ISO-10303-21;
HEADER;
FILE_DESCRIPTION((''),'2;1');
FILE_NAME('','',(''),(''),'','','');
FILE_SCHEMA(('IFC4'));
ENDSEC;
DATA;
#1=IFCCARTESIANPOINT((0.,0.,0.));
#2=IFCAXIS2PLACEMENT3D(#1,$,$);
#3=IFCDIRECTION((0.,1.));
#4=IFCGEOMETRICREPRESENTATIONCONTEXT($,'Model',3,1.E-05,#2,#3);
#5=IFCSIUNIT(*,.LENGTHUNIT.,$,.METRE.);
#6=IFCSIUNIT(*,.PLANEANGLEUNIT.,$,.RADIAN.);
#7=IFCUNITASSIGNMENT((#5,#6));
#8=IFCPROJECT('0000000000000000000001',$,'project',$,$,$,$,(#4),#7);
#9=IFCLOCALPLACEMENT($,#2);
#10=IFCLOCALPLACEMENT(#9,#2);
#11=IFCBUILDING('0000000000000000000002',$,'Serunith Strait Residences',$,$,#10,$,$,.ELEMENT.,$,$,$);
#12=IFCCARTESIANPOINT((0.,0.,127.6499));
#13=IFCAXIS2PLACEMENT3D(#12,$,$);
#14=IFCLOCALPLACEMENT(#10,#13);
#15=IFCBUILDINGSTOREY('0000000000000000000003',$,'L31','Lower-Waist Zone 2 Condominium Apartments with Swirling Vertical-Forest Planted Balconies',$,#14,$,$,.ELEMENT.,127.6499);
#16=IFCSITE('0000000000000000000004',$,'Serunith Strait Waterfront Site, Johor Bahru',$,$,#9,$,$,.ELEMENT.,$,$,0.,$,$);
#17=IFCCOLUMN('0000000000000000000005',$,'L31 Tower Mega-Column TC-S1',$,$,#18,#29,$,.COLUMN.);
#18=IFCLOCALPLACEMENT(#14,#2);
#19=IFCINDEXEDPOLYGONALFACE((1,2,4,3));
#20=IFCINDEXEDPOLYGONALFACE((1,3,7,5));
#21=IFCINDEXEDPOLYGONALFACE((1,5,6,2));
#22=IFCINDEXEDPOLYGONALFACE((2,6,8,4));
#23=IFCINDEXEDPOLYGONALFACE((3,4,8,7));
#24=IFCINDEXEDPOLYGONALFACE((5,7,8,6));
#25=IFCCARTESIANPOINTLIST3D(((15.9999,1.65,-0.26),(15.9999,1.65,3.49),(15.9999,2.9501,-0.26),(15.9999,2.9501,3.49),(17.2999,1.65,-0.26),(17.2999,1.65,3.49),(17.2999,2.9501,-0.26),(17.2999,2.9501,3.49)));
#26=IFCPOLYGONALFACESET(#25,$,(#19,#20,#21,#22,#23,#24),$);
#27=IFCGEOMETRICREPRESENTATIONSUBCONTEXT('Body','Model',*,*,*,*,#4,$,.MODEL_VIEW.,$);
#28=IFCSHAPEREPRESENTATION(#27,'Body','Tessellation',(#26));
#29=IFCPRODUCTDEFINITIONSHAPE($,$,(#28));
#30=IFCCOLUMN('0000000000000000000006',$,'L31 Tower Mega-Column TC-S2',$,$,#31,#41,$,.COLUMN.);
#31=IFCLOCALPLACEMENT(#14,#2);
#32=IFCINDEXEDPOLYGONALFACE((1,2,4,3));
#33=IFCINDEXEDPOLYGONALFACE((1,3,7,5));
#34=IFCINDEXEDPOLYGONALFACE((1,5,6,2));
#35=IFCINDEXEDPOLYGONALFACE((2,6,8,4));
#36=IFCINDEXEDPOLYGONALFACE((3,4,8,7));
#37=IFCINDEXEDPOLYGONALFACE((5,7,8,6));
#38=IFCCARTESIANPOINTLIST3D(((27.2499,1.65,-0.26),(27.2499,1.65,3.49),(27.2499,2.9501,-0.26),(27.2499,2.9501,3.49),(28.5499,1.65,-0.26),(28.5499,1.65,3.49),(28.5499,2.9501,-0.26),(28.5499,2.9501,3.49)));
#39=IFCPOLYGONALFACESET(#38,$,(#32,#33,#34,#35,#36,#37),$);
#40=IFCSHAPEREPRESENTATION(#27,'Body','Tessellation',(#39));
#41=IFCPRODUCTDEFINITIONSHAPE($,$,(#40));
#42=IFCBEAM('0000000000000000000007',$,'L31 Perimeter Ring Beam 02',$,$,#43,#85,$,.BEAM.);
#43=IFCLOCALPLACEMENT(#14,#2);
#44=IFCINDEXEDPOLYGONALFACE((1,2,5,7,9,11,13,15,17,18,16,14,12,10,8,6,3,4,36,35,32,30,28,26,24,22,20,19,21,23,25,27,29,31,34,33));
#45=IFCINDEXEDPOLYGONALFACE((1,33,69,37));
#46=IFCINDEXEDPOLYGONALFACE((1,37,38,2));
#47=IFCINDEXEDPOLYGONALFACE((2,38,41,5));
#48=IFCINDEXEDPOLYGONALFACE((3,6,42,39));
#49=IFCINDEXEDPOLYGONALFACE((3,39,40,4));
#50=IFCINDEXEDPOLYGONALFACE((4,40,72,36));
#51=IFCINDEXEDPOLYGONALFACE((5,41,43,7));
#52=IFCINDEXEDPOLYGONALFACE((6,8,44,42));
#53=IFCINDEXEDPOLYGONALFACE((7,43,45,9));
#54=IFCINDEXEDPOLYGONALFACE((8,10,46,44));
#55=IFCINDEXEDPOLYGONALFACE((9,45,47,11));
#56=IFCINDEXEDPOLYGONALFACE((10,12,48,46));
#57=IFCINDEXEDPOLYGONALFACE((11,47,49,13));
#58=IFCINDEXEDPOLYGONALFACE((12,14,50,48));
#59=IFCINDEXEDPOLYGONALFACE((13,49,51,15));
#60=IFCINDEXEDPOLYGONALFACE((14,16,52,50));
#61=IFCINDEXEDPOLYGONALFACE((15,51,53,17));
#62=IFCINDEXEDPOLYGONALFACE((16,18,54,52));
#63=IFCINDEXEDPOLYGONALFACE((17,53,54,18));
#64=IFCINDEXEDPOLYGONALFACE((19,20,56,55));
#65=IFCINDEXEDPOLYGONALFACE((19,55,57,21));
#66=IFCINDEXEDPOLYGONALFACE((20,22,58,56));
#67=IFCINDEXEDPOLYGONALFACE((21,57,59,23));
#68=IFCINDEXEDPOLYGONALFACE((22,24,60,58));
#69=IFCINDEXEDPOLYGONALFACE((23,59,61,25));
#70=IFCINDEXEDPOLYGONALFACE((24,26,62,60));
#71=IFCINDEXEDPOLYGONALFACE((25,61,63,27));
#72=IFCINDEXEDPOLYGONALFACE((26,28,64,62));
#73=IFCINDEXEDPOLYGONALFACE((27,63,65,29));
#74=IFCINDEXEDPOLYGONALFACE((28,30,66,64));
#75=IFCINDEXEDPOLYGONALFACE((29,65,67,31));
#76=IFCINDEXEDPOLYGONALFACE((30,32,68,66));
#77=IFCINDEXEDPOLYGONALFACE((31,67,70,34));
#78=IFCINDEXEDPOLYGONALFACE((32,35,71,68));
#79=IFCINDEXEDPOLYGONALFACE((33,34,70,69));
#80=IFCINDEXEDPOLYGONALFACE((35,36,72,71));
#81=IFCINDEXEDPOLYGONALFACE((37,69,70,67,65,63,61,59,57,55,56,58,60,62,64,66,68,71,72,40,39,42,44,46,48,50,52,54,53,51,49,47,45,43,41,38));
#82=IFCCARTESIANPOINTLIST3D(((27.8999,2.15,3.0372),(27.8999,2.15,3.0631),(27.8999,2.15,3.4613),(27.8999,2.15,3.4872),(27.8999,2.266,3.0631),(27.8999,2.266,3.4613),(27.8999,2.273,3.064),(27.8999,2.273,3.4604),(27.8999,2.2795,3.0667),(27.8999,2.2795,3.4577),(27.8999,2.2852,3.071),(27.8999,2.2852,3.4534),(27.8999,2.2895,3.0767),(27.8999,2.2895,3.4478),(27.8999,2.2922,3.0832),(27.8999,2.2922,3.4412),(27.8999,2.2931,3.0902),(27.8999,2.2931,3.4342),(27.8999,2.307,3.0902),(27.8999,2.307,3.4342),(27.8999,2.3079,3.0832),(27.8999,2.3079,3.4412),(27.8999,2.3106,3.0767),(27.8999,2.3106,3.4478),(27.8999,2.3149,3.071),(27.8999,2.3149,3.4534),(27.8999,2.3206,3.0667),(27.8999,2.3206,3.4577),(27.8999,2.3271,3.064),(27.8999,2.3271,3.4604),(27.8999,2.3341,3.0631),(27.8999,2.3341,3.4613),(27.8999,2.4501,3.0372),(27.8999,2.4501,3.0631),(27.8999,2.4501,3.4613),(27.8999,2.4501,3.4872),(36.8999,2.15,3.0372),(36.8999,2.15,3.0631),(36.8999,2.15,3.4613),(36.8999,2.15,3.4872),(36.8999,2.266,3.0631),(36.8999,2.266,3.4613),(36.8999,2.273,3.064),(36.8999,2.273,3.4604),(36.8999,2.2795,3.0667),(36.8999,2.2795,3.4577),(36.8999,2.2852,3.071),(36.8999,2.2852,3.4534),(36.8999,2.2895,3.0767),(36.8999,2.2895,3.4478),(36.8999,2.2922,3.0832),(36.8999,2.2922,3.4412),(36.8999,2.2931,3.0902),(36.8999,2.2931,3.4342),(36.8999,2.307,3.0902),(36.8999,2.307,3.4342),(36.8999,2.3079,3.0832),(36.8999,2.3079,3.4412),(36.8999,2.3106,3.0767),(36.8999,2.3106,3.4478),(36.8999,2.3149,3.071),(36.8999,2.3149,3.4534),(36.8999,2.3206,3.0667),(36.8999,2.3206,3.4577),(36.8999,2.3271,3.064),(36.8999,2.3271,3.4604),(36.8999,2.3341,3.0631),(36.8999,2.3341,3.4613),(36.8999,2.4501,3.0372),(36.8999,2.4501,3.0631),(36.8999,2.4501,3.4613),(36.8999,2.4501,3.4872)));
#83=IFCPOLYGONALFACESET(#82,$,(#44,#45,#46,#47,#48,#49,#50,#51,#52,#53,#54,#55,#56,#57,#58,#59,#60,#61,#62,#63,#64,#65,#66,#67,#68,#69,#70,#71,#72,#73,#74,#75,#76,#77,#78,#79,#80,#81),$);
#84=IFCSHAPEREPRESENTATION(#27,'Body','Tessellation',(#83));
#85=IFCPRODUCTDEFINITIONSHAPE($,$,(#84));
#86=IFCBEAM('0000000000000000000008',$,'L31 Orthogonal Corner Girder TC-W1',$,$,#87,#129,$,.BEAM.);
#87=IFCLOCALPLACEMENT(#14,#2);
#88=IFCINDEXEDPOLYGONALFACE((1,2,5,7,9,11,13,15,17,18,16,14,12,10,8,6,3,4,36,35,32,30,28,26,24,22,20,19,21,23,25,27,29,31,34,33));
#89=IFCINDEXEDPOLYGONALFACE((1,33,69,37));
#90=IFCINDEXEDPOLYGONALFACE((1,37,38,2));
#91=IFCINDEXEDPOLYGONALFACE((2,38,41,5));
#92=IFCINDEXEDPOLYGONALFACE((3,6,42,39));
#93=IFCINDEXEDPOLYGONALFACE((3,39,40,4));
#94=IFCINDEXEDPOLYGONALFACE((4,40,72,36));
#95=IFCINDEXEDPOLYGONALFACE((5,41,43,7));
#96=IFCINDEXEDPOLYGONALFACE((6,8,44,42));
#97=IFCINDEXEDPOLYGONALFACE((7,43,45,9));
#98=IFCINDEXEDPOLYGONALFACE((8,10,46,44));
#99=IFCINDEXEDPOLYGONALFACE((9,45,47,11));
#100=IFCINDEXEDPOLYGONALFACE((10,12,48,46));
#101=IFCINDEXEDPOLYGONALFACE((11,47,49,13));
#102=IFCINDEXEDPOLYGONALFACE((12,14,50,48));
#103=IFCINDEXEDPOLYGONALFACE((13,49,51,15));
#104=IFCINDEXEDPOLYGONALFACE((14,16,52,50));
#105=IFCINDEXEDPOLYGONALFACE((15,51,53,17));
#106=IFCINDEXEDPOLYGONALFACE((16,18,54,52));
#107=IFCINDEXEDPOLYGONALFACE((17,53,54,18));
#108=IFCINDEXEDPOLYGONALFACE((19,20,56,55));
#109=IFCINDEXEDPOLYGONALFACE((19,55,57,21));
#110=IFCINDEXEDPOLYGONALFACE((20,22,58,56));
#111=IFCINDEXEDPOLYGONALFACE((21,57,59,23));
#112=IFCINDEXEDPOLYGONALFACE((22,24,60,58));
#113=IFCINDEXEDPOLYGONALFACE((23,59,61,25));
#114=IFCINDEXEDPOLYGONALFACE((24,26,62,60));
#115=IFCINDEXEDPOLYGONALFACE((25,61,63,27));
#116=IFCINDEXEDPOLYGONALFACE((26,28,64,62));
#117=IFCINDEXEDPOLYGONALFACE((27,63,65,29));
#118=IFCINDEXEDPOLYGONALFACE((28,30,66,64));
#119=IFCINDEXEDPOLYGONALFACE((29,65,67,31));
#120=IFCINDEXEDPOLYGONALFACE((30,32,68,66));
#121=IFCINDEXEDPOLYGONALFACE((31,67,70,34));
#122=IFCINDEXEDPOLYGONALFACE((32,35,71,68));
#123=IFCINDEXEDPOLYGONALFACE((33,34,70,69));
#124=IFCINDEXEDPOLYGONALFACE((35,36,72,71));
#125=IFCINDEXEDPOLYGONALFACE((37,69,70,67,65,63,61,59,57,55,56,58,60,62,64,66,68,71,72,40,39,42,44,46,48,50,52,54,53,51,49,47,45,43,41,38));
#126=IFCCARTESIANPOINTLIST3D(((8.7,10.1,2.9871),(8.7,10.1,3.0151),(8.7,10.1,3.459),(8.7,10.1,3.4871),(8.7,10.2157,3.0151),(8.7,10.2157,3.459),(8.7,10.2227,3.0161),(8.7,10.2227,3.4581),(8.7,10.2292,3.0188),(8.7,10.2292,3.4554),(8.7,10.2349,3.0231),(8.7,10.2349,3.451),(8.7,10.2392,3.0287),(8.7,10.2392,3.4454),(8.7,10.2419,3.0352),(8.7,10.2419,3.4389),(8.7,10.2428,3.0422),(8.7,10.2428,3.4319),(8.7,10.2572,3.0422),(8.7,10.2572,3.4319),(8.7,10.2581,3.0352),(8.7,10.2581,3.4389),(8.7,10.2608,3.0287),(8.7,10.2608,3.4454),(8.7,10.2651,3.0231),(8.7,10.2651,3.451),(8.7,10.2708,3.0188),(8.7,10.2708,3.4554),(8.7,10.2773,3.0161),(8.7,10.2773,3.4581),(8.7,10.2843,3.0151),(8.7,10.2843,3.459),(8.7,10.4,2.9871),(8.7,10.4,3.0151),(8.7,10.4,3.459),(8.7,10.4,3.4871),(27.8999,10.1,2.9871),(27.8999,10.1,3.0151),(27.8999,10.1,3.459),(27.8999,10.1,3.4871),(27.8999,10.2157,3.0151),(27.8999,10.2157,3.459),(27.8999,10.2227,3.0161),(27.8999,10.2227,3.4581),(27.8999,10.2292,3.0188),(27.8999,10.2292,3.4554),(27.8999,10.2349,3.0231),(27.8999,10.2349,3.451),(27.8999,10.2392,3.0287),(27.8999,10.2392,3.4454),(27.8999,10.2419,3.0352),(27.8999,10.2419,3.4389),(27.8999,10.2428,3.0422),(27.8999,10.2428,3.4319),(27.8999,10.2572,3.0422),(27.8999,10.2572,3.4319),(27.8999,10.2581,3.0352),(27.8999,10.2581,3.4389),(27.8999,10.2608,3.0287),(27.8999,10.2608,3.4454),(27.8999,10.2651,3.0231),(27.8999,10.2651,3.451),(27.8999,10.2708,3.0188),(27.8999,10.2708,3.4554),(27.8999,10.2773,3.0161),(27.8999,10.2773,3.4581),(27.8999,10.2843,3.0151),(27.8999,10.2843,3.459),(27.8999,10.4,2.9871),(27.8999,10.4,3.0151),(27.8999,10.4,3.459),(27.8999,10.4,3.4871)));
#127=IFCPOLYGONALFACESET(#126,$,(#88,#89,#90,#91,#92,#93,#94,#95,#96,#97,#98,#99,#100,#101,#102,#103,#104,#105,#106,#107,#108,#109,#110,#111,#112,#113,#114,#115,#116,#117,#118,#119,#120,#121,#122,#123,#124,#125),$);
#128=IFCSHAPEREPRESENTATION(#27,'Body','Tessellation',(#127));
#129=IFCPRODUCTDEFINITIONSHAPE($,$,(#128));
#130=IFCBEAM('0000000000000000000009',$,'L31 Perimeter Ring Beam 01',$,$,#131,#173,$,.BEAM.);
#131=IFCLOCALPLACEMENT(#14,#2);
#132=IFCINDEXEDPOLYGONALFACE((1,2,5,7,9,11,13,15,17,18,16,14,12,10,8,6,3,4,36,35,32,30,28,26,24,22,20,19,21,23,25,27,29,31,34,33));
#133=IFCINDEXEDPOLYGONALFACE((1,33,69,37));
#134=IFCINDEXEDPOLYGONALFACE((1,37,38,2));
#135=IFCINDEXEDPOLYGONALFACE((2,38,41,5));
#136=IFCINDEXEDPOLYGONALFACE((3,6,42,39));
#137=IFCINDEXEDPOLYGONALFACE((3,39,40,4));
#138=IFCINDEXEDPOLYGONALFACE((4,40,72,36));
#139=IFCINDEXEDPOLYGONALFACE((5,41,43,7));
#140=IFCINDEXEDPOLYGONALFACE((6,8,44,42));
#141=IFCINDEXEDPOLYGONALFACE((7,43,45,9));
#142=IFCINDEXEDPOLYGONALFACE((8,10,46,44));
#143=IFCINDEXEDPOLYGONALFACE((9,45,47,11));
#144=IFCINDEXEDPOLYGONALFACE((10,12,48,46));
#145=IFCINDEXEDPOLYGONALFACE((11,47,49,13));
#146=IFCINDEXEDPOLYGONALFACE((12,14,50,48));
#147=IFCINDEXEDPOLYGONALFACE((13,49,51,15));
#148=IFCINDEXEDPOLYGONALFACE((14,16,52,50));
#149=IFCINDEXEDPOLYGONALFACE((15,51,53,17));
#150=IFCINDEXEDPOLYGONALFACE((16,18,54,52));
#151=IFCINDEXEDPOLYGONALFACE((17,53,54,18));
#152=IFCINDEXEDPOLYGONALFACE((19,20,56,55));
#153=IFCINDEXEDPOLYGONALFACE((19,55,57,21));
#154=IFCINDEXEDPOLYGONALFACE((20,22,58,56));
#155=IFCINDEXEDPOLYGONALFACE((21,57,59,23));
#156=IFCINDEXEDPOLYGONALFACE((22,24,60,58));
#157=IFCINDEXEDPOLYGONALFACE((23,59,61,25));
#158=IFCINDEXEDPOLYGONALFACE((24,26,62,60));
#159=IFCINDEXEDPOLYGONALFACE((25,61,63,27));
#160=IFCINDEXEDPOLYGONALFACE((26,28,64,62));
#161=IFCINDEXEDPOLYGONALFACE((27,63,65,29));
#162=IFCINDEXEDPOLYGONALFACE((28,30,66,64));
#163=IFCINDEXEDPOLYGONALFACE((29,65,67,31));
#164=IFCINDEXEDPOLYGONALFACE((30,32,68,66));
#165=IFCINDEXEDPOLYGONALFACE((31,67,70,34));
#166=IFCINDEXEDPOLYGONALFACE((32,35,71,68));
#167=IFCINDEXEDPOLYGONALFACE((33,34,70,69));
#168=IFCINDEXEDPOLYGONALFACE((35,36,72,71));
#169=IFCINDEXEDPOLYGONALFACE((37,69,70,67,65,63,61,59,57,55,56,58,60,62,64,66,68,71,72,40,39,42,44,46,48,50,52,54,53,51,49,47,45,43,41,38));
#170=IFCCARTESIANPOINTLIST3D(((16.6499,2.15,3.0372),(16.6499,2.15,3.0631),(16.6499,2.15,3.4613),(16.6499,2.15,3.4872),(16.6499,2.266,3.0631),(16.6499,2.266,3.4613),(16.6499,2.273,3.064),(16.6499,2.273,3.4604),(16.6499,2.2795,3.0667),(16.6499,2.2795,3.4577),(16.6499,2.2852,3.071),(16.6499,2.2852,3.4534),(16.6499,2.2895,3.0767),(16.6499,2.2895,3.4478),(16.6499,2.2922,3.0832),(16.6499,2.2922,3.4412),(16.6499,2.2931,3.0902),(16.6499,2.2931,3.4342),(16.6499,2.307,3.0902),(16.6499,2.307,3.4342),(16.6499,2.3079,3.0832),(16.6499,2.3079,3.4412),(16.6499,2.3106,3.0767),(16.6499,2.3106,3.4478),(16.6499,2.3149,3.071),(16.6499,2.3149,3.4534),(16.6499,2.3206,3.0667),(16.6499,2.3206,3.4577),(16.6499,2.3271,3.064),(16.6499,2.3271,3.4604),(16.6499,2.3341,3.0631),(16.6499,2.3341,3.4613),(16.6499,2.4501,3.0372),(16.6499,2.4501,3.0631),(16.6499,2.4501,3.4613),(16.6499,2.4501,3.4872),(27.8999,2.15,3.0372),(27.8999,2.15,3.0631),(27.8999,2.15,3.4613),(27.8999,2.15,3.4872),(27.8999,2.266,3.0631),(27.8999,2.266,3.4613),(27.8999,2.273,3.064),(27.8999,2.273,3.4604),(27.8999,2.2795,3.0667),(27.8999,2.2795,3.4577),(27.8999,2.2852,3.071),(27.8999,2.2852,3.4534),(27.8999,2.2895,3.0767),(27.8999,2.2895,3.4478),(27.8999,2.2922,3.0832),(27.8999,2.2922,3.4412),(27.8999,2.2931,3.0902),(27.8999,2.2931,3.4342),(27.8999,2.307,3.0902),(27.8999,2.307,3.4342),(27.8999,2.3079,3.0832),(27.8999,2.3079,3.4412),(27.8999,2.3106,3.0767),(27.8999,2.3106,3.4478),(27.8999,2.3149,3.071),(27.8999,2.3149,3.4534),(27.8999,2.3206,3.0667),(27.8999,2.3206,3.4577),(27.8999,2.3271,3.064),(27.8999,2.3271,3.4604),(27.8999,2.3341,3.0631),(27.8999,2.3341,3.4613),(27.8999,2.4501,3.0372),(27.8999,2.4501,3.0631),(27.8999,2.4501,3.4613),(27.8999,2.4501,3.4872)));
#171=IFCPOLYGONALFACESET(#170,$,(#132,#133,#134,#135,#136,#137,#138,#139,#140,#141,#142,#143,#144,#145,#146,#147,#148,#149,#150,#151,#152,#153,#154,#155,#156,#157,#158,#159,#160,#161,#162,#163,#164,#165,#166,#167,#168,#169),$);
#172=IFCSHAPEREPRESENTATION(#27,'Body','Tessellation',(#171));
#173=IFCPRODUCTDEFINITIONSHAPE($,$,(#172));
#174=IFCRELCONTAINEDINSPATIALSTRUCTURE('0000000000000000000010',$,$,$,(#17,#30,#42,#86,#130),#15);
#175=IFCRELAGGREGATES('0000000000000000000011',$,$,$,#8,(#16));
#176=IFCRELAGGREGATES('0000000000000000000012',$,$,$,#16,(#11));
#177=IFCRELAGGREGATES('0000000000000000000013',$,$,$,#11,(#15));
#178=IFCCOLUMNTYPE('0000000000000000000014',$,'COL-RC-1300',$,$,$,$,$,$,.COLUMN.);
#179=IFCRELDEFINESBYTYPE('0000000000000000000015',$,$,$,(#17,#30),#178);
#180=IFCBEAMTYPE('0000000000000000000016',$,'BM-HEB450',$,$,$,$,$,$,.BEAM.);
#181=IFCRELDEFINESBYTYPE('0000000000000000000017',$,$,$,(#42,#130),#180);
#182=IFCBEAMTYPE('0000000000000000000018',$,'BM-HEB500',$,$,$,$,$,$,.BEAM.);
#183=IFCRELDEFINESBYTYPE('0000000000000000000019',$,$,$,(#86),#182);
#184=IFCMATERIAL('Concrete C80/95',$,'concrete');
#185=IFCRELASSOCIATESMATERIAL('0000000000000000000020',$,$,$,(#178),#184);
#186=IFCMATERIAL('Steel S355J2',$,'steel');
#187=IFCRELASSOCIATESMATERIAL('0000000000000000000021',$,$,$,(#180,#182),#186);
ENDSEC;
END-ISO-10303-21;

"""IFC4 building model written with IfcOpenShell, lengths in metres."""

from ifc_helpers import new_model, si_unit, direction, frame, origin, origin_2d, place, context, subcontext, project, spatial, rectangle, i_section, extrude, source, transform, mapped, material, material_profile, profile_set, type_object, element, save


model = new_model("IFC4")

# Units and contexts
model_context = context("Model", 3, precision=1e-05, world=origin(), true_north=direction((0.0, 1.0)))
body_context = subcontext(model_context, "Body", "Model", "MODEL_VIEW")
ifc_project = project(units=[si_unit("LENGTHUNIT", "METRE"), si_unit("PLANEANGLEUNIT", "RADIAN")], contexts=[model_context])

# Site, building, storey
site_placement = place(None, origin())
site = spatial("IfcSite", under=ifc_project, at=site_placement, Name="Serunith Strait Waterfront Site, Johor Bahru", CompositionType="ELEMENT", RefElevation=0.0)
building_placement = place(site_placement, origin())
building = spatial("IfcBuilding", under=site, at=building_placement, Name="Serunith Strait Residences", CompositionType="ELEMENT")
storey_placement = place(building_placement, frame((0.0, 0.0, 127.6499)))
storey = spatial("IfcBuildingStorey", under=building, at=storey_placement, Name="L31", Description="Lower-Waist Zone 2 Condominium Apartments with Swirling Vertical-Forest Planted Balconies", CompositionType="ELEMENT", Elevation=127.6499)

# Columns
ifc_material_1 = material(Name="Concrete C80/95", Category="concrete")
ifc_material_profile_1 = material_profile(ifc_material_1, rectangle(XDim=1.3, YDim=1.3, at=origin_2d()), Name="RC 1300x1300")
ifc_profile_set_1 = profile_set([ifc_material_profile_1], Name="Concrete C80/95")
column_type = type_object("IfcColumnType", Name="COL-RC-1300", PredefinedType="COLUMN", material=ifc_profile_set_1)
shared_shape_1 = source(origin(), body_context, "Body", "SweptSolid", [
    extrude(rectangle(XDim=1.3, YDim=1.3, at=origin_2d()), origin(), (0.0, 0.0, 1.0), 3.75),
])
for number, where, z_axis, x_axis, name in (
    (1, (16.6499, 2.3, -0.26), (0.0, 0.0, 1.0), (1.0, 0.0, 0.0), "L31 Tower Mega-Column TC-S1"),
    (2, (27.8999, 2.3, -0.26), (0.0, 0.0, 1.0), (1.0, 0.0, 0.0), "L31 Tower Mega-Column TC-S2"),
):
    element("IfcColumn", number, at=place(storey_placement, frame(where, z_axis=z_axis, x_axis=x_axis)), inside=storey, type_object=column_type, Name=name, PredefinedType="COLUMN", context=body_context, shape_type="MappedRepresentation", body=[
        mapped(shared_shape_1, transform((0.0, 0.0, 0.0), scale=1.0)),
    ])

# Beams
ifc_material_2 = material(Name="Steel S355J2", Category="steel")
ifc_material_profile_2 = material_profile(ifc_material_2, i_section(OverallWidth=0.3, OverallDepth=0.45, WebThickness=0.0139, FlangeThickness=0.0259, FilletRadius=0.0271, at=origin_2d()), Name="HEB 450")
ifc_profile_set_2 = profile_set([ifc_material_profile_2], Name="Steel S355J2")
beam_type_1 = type_object("IfcBeamType", Name="BM-HEB450", PredefinedType="BEAM", material=ifc_profile_set_2)
shared_shape_2 = source(origin(), body_context, "Body", "SweptSolid", [
    extrude(i_section(OverallWidth=0.3, OverallDepth=0.45, WebThickness=0.0139, FlangeThickness=0.0259, FilletRadius=0.0271, at=origin_2d()), origin(), (0.0, 0.0, 1.0), 9.0),
])
beam_1_placement = place(storey_placement, frame((27.8999, 2.3, 3.2622), z_axis=(1.0, 0.0, 0.0), x_axis=(0.0, 1.0, 0.0)))
element("IfcBeam", 3, at=beam_1_placement, inside=storey, type_object=beam_type_1, Name="L31 Perimeter Ring Beam 02", PredefinedType="BEAM", context=body_context, shape_type="MappedRepresentation", body=[
    mapped(shared_shape_2, transform((0.0, 0.0, 0.0), scale=1.0)),
])
ifc_material_profile_3 = material_profile(ifc_material_2, i_section(OverallWidth=0.3, OverallDepth=0.5, WebThickness=0.0144, FlangeThickness=0.0281, FilletRadius=0.0271, at=origin_2d()), Name="HEB 500")
ifc_profile_set_3 = profile_set([ifc_material_profile_3], Name="Steel S355J2")
beam_type_2 = type_object("IfcBeamType", Name="BM-HEB500", PredefinedType="BEAM", material=ifc_profile_set_3)
shared_shape_3 = source(origin(), body_context, "Body", "SweptSolid", [
    extrude(i_section(OverallWidth=0.3, OverallDepth=0.5, WebThickness=0.0144, FlangeThickness=0.0281, FilletRadius=0.0271, at=origin_2d()), origin(), (0.0, 0.0, 1.0), 19.2),
])
beam_2_placement = place(storey_placement, frame((27.8999, 10.25, 3.2371), z_axis=(-1.0, 0.0, 0.0), x_axis=(0.0, -1.0, 0.0)))
element("IfcBeam", 4, at=beam_2_placement, inside=storey, type_object=beam_type_2, Name="L31 Orthogonal Corner Girder TC-W1", PredefinedType="BEAM", context=body_context, shape_type="MappedRepresentation", body=[
    mapped(shared_shape_3, transform((0.0, 0.0, 0.0), scale=1.0)),
])
shared_shape_4 = source(origin(), body_context, "Body", "SweptSolid", [
    extrude(i_section(OverallWidth=0.3, OverallDepth=0.45, WebThickness=0.0139, FlangeThickness=0.0259, FilletRadius=0.0271, at=origin_2d()), origin(), (0.0, 0.0, 1.0), 11.25),
])
beam_3_placement = place(storey_placement, frame((16.6499, 2.3, 3.2622), z_axis=(1.0, 0.0, 0.0), x_axis=(0.0, 1.0, 0.0)))
element("IfcBeam", 5, at=beam_3_placement, inside=storey, type_object=beam_type_1, Name="L31 Perimeter Ring Beam 01", PredefinedType="BEAM", context=body_context, shape_type="MappedRepresentation", body=[
    mapped(shared_shape_4, transform((0.0, 0.0, 0.0), scale=1.0)),
])

save(model, "model.ifc")
